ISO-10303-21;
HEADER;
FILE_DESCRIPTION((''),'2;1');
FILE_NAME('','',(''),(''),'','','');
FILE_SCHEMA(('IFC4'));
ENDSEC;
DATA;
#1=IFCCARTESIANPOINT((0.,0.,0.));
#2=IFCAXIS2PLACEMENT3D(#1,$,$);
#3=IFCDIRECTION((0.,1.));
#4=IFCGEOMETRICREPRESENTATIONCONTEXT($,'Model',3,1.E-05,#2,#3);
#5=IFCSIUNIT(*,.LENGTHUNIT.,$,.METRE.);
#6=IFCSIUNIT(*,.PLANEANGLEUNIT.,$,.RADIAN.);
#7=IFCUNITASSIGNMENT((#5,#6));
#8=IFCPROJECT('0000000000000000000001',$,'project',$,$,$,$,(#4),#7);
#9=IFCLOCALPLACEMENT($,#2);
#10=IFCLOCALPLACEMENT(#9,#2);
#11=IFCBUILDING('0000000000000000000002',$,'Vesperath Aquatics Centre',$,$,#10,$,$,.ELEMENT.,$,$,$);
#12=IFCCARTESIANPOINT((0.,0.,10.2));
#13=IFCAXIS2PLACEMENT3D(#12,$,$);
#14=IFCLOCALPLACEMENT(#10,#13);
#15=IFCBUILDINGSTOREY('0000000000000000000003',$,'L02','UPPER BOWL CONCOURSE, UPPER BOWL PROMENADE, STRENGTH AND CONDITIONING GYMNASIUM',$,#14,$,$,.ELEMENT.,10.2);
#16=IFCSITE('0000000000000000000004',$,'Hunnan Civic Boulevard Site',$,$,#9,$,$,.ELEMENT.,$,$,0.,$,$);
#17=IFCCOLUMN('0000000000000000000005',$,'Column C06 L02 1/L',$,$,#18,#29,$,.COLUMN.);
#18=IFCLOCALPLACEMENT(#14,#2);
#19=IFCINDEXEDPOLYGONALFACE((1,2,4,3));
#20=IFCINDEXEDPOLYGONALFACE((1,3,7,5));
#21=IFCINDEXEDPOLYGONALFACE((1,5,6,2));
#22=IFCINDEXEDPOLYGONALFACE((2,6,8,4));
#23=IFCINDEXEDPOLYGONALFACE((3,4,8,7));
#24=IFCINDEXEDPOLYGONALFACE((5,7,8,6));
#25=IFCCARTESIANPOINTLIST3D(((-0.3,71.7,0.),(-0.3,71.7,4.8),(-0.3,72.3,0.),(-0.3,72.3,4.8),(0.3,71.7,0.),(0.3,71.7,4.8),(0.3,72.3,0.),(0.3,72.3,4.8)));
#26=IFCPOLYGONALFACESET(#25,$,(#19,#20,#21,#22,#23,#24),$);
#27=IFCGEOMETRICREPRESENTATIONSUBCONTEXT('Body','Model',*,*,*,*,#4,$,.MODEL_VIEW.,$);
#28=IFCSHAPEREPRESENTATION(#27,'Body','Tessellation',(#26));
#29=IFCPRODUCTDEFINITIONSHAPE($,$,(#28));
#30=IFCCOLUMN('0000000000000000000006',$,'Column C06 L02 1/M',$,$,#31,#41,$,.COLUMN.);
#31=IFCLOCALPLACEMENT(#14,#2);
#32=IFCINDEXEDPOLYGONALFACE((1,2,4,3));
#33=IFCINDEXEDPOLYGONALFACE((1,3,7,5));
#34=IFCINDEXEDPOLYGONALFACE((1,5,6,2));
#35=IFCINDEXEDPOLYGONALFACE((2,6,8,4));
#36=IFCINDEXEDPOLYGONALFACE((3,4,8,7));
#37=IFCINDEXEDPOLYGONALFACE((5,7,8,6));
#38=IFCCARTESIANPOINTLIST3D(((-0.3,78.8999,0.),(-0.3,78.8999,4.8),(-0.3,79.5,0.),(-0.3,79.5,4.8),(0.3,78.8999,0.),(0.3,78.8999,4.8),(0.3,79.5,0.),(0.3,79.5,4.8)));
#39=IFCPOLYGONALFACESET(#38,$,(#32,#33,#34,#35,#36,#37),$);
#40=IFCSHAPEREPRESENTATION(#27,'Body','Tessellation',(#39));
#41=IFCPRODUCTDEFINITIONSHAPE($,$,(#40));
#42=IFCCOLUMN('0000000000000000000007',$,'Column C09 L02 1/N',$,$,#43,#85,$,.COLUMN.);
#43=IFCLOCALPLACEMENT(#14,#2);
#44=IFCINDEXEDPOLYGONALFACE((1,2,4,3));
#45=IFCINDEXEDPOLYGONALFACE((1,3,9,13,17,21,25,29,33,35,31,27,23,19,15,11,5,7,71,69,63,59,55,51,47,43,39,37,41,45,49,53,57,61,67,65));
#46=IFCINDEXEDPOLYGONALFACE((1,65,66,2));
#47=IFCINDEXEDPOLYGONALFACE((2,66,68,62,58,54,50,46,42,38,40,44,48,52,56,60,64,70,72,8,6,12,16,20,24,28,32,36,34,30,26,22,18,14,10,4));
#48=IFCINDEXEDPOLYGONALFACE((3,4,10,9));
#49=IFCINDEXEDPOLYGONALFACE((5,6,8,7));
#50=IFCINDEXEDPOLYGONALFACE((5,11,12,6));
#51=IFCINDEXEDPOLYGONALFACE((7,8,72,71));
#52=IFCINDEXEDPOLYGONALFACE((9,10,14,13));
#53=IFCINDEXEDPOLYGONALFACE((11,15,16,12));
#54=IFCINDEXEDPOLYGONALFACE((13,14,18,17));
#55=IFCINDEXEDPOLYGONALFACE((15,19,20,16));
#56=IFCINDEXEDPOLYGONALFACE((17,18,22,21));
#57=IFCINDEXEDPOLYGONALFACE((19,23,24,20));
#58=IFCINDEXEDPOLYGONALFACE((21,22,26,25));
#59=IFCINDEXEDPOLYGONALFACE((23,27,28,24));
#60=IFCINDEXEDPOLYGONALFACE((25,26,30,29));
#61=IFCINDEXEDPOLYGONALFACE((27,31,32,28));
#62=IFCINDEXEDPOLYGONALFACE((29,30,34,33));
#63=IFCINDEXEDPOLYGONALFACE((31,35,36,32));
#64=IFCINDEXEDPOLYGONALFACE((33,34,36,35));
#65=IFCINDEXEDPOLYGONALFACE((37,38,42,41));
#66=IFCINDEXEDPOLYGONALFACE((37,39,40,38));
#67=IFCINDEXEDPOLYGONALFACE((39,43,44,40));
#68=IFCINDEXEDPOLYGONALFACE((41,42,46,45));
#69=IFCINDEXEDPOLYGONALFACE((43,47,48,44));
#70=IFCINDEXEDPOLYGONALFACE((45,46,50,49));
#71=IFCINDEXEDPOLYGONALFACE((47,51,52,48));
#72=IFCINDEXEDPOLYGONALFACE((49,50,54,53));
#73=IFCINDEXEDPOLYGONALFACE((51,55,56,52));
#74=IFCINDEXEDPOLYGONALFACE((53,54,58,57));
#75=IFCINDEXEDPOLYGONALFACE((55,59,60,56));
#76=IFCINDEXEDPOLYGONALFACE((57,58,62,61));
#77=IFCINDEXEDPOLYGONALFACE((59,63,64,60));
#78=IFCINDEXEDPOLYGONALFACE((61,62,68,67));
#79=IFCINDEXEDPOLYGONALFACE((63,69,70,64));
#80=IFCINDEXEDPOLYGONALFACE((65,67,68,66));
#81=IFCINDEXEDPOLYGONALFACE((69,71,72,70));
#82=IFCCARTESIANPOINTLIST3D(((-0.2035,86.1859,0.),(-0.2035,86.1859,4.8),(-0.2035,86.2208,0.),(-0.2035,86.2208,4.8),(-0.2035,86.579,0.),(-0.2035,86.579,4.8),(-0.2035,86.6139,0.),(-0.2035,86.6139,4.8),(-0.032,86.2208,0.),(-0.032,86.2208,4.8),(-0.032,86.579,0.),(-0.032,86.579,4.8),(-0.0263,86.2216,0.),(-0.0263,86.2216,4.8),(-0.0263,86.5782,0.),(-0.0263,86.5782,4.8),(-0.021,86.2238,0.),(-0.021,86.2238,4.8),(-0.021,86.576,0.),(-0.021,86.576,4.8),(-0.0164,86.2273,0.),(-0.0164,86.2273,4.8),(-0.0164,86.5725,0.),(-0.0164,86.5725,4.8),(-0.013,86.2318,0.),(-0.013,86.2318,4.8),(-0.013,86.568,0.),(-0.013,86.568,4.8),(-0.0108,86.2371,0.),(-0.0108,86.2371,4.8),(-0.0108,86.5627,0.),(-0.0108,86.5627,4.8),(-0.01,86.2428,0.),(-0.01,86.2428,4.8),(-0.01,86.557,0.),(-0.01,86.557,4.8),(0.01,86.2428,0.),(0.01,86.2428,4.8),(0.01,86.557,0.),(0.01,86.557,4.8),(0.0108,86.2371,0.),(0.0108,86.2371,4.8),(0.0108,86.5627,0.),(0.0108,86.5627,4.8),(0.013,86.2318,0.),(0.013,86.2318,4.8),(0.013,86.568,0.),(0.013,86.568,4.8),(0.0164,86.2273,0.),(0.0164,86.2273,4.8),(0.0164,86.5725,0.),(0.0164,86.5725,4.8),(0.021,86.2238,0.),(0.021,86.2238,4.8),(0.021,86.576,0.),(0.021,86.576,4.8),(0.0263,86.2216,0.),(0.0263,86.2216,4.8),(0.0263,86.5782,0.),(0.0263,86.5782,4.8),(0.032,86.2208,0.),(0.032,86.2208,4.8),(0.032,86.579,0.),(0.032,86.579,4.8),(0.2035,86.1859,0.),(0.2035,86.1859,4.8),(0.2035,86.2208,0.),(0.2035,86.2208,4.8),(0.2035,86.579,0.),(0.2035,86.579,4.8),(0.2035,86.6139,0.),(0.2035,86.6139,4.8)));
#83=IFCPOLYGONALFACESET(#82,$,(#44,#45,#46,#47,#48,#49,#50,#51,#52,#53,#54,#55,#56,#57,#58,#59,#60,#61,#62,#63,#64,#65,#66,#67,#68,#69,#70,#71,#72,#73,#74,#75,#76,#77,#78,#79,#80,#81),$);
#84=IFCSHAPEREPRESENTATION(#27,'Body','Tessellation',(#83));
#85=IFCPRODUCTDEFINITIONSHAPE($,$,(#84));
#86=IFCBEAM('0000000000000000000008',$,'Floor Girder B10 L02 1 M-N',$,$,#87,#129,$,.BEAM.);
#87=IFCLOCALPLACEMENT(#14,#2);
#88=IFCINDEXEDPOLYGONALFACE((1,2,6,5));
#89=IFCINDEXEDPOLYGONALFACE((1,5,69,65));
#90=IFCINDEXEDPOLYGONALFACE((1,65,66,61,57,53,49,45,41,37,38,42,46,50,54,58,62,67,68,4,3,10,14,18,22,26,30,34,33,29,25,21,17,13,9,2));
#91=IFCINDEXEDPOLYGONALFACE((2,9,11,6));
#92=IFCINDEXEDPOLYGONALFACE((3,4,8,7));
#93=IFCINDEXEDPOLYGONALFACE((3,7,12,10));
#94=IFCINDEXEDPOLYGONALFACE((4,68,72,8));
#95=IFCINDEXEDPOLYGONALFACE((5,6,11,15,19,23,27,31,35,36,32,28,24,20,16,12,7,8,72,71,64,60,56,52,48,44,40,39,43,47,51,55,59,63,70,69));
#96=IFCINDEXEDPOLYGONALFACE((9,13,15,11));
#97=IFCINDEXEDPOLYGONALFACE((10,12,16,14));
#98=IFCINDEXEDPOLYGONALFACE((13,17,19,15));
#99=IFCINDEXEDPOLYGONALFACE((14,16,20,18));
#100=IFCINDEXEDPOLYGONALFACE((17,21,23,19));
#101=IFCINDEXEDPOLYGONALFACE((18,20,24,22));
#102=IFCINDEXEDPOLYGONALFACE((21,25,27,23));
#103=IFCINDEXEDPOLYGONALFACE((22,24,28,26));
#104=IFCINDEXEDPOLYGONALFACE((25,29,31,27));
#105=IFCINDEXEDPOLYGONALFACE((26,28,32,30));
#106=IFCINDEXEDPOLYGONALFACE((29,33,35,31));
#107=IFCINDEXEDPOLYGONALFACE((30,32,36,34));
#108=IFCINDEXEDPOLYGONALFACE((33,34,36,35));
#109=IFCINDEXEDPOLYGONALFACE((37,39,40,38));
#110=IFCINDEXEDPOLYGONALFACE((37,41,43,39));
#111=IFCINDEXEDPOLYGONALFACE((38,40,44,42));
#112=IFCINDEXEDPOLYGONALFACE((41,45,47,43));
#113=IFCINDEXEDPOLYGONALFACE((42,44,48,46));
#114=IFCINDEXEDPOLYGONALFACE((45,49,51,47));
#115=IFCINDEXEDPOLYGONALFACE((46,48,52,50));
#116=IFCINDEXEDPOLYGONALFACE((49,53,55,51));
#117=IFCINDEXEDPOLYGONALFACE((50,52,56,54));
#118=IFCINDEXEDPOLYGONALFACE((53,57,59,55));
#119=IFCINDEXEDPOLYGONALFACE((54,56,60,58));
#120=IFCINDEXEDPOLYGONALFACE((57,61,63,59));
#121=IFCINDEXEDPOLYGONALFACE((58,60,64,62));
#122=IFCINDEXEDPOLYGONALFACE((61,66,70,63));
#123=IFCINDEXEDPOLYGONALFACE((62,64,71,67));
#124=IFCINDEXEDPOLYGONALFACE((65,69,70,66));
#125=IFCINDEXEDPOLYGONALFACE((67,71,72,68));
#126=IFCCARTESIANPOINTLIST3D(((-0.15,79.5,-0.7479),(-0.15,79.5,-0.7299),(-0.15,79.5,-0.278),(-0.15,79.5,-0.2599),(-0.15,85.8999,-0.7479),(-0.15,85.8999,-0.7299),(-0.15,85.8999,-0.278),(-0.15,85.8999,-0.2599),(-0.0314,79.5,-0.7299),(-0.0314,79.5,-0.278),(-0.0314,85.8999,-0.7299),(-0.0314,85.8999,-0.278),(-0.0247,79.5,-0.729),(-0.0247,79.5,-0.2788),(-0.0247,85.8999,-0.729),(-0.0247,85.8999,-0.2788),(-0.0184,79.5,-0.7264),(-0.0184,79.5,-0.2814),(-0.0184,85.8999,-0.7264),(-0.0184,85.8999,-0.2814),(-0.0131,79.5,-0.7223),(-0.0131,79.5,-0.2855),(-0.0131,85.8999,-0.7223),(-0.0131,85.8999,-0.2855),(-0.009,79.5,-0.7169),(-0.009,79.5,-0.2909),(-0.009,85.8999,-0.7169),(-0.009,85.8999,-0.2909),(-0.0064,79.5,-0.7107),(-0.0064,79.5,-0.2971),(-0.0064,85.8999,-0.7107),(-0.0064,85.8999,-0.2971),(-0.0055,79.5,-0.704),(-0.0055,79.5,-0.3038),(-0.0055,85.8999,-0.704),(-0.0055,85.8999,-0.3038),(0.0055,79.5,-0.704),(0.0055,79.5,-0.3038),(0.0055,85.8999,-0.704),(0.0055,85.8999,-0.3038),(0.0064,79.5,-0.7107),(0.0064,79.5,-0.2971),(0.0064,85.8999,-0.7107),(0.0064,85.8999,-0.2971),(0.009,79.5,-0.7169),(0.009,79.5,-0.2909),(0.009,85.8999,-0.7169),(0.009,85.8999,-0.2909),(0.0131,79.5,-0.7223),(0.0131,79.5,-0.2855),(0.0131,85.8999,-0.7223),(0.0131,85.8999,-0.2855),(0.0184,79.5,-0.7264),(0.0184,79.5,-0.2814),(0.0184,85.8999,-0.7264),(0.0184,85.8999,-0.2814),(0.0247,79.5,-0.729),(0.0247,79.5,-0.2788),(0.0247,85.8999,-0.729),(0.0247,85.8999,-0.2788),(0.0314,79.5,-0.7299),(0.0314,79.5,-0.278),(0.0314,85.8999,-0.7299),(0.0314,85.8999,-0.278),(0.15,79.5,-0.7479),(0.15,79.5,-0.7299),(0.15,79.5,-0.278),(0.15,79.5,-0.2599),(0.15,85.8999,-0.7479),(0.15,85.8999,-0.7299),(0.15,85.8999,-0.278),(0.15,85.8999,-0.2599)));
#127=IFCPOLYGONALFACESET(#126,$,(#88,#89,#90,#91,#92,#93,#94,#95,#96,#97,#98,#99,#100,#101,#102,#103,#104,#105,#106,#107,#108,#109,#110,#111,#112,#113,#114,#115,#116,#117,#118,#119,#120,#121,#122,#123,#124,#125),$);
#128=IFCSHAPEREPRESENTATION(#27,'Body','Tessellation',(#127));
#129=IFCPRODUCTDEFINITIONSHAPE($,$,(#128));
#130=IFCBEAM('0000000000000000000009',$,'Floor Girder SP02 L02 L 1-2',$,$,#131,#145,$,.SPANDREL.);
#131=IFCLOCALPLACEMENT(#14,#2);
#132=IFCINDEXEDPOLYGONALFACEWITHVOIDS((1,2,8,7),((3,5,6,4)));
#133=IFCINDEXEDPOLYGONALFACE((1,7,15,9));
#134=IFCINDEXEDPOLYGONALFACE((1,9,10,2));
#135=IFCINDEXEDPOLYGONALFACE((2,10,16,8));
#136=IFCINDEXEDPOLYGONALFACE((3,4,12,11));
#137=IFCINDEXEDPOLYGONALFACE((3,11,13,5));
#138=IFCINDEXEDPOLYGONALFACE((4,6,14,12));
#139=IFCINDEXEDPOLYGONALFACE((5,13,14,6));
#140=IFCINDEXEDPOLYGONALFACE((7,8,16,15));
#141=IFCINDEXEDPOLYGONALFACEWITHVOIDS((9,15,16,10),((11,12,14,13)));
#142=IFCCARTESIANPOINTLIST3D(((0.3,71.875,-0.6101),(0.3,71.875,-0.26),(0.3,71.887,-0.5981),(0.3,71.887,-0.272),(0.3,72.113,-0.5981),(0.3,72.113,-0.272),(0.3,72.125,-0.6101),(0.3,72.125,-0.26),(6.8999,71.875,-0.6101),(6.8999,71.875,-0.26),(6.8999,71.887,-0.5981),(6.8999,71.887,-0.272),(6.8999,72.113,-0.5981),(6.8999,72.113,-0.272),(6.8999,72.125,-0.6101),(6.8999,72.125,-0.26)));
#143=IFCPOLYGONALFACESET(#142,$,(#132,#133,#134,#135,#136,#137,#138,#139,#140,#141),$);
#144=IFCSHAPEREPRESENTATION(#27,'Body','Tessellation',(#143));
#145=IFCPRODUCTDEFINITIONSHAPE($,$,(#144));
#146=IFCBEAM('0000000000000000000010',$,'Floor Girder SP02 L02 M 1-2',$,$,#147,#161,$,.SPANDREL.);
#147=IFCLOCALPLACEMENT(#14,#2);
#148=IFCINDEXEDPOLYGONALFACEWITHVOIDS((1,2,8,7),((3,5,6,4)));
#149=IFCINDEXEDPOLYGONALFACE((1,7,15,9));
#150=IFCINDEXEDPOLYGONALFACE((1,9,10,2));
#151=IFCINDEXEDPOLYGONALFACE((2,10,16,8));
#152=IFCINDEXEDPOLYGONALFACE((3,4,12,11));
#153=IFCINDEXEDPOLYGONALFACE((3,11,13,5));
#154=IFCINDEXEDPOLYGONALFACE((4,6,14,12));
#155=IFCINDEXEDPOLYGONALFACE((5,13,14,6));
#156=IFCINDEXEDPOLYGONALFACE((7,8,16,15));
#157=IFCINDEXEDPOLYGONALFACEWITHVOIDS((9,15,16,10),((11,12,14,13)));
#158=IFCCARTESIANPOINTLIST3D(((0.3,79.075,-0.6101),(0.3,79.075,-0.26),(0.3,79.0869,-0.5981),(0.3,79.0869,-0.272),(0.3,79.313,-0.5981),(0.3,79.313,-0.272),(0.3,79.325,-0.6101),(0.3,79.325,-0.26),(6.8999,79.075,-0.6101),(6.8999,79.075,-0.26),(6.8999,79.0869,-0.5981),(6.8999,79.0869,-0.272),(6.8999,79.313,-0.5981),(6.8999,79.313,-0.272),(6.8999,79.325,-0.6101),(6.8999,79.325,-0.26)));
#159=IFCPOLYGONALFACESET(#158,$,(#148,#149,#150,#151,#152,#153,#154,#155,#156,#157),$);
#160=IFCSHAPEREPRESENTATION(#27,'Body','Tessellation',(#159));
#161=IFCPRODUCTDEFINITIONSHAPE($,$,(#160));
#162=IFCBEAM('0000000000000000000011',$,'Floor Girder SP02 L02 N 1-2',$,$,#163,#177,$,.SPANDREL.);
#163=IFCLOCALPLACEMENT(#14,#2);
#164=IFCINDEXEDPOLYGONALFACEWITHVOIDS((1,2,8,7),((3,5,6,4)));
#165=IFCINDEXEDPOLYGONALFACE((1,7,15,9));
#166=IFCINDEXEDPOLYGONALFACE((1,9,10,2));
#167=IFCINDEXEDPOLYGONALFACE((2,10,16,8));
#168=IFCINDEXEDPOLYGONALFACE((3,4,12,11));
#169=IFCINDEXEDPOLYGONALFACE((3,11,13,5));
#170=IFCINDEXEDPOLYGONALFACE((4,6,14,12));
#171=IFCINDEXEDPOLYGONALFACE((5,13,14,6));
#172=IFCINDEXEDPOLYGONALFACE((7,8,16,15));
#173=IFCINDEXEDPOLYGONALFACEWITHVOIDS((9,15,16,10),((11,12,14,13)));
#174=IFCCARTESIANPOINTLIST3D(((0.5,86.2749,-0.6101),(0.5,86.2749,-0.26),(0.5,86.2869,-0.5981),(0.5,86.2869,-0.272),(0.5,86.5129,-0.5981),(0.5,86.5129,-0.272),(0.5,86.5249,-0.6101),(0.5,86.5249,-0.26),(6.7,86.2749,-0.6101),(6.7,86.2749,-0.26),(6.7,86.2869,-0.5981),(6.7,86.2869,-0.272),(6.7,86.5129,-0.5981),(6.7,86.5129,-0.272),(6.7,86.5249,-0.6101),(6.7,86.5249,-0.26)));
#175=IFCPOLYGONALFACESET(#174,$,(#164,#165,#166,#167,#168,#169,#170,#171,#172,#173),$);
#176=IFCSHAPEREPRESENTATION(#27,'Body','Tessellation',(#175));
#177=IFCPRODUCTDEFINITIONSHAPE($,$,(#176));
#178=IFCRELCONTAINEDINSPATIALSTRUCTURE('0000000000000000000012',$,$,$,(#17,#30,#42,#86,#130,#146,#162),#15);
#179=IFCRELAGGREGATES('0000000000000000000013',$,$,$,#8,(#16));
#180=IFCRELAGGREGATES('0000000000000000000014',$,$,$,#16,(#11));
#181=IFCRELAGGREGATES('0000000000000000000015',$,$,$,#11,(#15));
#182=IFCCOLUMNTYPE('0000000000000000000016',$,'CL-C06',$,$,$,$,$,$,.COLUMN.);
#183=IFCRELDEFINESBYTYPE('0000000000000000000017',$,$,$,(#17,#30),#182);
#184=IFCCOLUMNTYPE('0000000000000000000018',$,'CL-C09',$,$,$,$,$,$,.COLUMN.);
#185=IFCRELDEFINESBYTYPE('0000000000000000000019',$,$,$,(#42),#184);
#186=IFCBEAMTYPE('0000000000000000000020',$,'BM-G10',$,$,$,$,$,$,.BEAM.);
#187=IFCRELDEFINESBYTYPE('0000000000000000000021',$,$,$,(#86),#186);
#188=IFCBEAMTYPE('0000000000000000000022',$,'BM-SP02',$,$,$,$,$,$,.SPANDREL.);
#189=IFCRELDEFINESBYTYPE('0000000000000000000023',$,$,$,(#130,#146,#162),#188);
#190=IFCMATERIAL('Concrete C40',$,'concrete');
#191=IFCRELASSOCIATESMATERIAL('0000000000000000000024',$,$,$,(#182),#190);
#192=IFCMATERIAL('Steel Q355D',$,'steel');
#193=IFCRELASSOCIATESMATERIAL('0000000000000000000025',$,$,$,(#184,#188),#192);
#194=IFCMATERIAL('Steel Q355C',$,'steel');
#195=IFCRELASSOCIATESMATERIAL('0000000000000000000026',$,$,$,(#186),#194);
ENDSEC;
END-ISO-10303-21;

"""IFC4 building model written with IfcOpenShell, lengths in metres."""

from ifc_helpers import new_model, si_unit, direction, frame, origin, origin_2d, place, context, subcontext, project, spatial, rectangle, hollow_rectangle, i_section, extrude, material, material_profile, profile_set, type_object, element, save


model = new_model("IFC4")

# Units and contexts
model_context = context("Model", 3, precision=1e-05, world=origin(), true_north=direction((0.0, 1.0)))
body_context = subcontext(model_context, "Body", "Model", "MODEL_VIEW")
ifc_project = project(units=[si_unit("LENGTHUNIT", "METRE"), si_unit("PLANEANGLEUNIT", "RADIAN")], contexts=[model_context])

# Site, building, storey
site_placement = place(None, origin())
site = spatial("IfcSite", under=ifc_project, at=site_placement, Name="Hunnan Civic Boulevard Site", CompositionType="ELEMENT", RefElevation=0.0)
building_placement = place(site_placement, origin())
building = spatial("IfcBuilding", under=site, at=building_placement, Name="Vesperath Aquatics Centre", CompositionType="ELEMENT")
storey_placement = place(building_placement, frame((0.0, 0.0, 10.2)))
storey = spatial("IfcBuildingStorey", under=building, at=storey_placement, Name="L02", Description="UPPER BOWL CONCOURSE, UPPER BOWL PROMENADE, STRENGTH AND CONDITIONING GYMNASIUM", CompositionType="ELEMENT", Elevation=10.2)

# Columns
ifc_material_1 = material(Name="Concrete C40", Category="concrete")
ifc_material_profile_1 = material_profile(ifc_material_1, rectangle(XDim=0.6001, YDim=0.6001, at=origin_2d()), Name="RC 600x600")
ifc_profile_set_1 = profile_set([ifc_material_profile_1], Name="Concrete C40")
column_type_1 = type_object("IfcColumnType", Name="CL-C06", PredefinedType="COLUMN", material=ifc_profile_set_1)
for number, where, z_axis, x_axis, name in (
    (1, (0.0, 72.0, 0.0), (0.0, 0.0, 1.0), (1.0, 0.0, 0.0), "Column C06 L02 1/L"),
    (2, (0.0, 79.2, 0.0), (0.0, 0.0, 1.0), (1.0, 0.0, 0.0), "Column C06 L02 1/M"),
):
    element("IfcColumn", number, at=place(storey_placement, frame(where, z_axis=z_axis, x_axis=x_axis)), inside=storey, type_object=column_type_1, Name=name, PredefinedType="COLUMN", context=body_context, shape_type="SweptSolid", body=[
        extrude(rectangle(XDim=0.6001, YDim=0.6001, at=origin_2d()), origin(), (0.0, 0.0, 1.0), 4.8),
    ])
ifc_material_2 = material(Name="Steel Q355D", Category="steel")
ifc_material_profile_2 = material_profile(ifc_material_2, i_section(OverallWidth=0.407, OverallDepth=0.428, WebThickness=0.02, FlangeThickness=0.0349, FilletRadius=0.022, at=origin_2d()), Name="HW 428x407x20x35")
ifc_profile_set_2 = profile_set([ifc_material_profile_2], Name="Steel Q355D")
column_type_2 = type_object("IfcColumnType", Name="CL-C09", PredefinedType="COLUMN", material=ifc_profile_set_2)
column_placement = place(storey_placement, frame((0.0, 86.3999, 0.0), z_axis=(0.0, 0.0, 1.0), x_axis=(1.0, 0.0, 0.0)))
element("IfcColumn", 3, at=column_placement, inside=storey, type_object=column_type_2, Name="Column C09 L02 1/N", PredefinedType="COLUMN", context=body_context, shape_type="SweptSolid", body=[
    extrude(i_section(OverallWidth=0.407, OverallDepth=0.428, WebThickness=0.02, FlangeThickness=0.0349, FilletRadius=0.022, at=origin_2d()), origin(), (0.0, 0.0, 1.0), 4.8),
])

# Beams
ifc_material_3 = material(Name="Steel Q355C", Category="steel")
ifc_material_profile_3 = material_profile(ifc_material_3, i_section(OverallWidth=0.3, OverallDepth=0.488, WebThickness=0.011, FlangeThickness=0.0181, FilletRadius=0.0259, at=origin_2d()), Name="HM 488x300x11x18")
ifc_profile_set_3 = profile_set([ifc_material_profile_3], Name="Steel Q355C")
beam_type_1 = type_object("IfcBeamType", Name="BM-G10", PredefinedType="BEAM", material=ifc_profile_set_3)
beam_1_placement = place(storey_placement, frame((0.0, 79.5, -0.5039), z_axis=(0.0, 1.0, 0.0), x_axis=(-1.0, 0.0, 0.0)))
element("IfcBeam", 4, at=beam_1_placement, inside=storey, type_object=beam_type_1, Name="Floor Girder B10 L02 1 M-N", PredefinedType="BEAM", context=body_context, shape_type="SweptSolid", body=[
    extrude(i_section(OverallWidth=0.3, OverallDepth=0.488, WebThickness=0.011, FlangeThickness=0.0181, FilletRadius=0.0259, at=origin_2d()), origin(), (0.0, 0.0, 1.0), 6.3999),
])
ifc_material_profile_4 = material_profile(ifc_material_2, hollow_rectangle(XDim=0.25, YDim=0.3501, WallThickness=0.012, at=origin_2d()), Name="RHS 350x250x12")
ifc_profile_set_4 = profile_set([ifc_material_profile_4], Name="Steel Q355D")
beam_type_2 = type_object("IfcBeamType", Name="BM-SP02", PredefinedType="SPANDREL", material=ifc_profile_set_4)
for number, where, z_axis, x_axis, name in (
    (5, (0.3, 72.0, -0.4351), (1.0, 0.0, 0.0), (0.0, 1.0, 0.0), "Floor Girder SP02 L02 L 1-2"),
    (6, (0.3, 79.2, -0.4351), (1.0, 0.0, 0.0), (0.0, 1.0, 0.0), "Floor Girder SP02 L02 M 1-2"),
):
    element("IfcBeam", number, at=place(storey_placement, frame(where, z_axis=z_axis, x_axis=x_axis)), inside=storey, type_object=beam_type_2, Name=name, PredefinedType="SPANDREL", context=body_context, shape_type="SweptSolid", body=[
        extrude(hollow_rectangle(XDim=0.25, YDim=0.3501, WallThickness=0.012, at=origin_2d()), origin(), (0.0, 0.0, 1.0), 6.5999),
    ])
beam_2_placement = place(storey_placement, frame((0.5, 86.3999, -0.4351), z_axis=(1.0, 0.0, 0.0), x_axis=(0.0, 1.0, 0.0)))
element("IfcBeam", 7, at=beam_2_placement, inside=storey, type_object=beam_type_2, Name="Floor Girder SP02 L02 N 1-2", PredefinedType="SPANDREL", context=body_context, shape_type="SweptSolid", body=[
    extrude(hollow_rectangle(XDim=0.25, YDim=0.3501, WallThickness=0.012, at=origin_2d()), origin(), (0.0, 0.0, 1.0), 6.2),
])

save(model, "model.ifc")
